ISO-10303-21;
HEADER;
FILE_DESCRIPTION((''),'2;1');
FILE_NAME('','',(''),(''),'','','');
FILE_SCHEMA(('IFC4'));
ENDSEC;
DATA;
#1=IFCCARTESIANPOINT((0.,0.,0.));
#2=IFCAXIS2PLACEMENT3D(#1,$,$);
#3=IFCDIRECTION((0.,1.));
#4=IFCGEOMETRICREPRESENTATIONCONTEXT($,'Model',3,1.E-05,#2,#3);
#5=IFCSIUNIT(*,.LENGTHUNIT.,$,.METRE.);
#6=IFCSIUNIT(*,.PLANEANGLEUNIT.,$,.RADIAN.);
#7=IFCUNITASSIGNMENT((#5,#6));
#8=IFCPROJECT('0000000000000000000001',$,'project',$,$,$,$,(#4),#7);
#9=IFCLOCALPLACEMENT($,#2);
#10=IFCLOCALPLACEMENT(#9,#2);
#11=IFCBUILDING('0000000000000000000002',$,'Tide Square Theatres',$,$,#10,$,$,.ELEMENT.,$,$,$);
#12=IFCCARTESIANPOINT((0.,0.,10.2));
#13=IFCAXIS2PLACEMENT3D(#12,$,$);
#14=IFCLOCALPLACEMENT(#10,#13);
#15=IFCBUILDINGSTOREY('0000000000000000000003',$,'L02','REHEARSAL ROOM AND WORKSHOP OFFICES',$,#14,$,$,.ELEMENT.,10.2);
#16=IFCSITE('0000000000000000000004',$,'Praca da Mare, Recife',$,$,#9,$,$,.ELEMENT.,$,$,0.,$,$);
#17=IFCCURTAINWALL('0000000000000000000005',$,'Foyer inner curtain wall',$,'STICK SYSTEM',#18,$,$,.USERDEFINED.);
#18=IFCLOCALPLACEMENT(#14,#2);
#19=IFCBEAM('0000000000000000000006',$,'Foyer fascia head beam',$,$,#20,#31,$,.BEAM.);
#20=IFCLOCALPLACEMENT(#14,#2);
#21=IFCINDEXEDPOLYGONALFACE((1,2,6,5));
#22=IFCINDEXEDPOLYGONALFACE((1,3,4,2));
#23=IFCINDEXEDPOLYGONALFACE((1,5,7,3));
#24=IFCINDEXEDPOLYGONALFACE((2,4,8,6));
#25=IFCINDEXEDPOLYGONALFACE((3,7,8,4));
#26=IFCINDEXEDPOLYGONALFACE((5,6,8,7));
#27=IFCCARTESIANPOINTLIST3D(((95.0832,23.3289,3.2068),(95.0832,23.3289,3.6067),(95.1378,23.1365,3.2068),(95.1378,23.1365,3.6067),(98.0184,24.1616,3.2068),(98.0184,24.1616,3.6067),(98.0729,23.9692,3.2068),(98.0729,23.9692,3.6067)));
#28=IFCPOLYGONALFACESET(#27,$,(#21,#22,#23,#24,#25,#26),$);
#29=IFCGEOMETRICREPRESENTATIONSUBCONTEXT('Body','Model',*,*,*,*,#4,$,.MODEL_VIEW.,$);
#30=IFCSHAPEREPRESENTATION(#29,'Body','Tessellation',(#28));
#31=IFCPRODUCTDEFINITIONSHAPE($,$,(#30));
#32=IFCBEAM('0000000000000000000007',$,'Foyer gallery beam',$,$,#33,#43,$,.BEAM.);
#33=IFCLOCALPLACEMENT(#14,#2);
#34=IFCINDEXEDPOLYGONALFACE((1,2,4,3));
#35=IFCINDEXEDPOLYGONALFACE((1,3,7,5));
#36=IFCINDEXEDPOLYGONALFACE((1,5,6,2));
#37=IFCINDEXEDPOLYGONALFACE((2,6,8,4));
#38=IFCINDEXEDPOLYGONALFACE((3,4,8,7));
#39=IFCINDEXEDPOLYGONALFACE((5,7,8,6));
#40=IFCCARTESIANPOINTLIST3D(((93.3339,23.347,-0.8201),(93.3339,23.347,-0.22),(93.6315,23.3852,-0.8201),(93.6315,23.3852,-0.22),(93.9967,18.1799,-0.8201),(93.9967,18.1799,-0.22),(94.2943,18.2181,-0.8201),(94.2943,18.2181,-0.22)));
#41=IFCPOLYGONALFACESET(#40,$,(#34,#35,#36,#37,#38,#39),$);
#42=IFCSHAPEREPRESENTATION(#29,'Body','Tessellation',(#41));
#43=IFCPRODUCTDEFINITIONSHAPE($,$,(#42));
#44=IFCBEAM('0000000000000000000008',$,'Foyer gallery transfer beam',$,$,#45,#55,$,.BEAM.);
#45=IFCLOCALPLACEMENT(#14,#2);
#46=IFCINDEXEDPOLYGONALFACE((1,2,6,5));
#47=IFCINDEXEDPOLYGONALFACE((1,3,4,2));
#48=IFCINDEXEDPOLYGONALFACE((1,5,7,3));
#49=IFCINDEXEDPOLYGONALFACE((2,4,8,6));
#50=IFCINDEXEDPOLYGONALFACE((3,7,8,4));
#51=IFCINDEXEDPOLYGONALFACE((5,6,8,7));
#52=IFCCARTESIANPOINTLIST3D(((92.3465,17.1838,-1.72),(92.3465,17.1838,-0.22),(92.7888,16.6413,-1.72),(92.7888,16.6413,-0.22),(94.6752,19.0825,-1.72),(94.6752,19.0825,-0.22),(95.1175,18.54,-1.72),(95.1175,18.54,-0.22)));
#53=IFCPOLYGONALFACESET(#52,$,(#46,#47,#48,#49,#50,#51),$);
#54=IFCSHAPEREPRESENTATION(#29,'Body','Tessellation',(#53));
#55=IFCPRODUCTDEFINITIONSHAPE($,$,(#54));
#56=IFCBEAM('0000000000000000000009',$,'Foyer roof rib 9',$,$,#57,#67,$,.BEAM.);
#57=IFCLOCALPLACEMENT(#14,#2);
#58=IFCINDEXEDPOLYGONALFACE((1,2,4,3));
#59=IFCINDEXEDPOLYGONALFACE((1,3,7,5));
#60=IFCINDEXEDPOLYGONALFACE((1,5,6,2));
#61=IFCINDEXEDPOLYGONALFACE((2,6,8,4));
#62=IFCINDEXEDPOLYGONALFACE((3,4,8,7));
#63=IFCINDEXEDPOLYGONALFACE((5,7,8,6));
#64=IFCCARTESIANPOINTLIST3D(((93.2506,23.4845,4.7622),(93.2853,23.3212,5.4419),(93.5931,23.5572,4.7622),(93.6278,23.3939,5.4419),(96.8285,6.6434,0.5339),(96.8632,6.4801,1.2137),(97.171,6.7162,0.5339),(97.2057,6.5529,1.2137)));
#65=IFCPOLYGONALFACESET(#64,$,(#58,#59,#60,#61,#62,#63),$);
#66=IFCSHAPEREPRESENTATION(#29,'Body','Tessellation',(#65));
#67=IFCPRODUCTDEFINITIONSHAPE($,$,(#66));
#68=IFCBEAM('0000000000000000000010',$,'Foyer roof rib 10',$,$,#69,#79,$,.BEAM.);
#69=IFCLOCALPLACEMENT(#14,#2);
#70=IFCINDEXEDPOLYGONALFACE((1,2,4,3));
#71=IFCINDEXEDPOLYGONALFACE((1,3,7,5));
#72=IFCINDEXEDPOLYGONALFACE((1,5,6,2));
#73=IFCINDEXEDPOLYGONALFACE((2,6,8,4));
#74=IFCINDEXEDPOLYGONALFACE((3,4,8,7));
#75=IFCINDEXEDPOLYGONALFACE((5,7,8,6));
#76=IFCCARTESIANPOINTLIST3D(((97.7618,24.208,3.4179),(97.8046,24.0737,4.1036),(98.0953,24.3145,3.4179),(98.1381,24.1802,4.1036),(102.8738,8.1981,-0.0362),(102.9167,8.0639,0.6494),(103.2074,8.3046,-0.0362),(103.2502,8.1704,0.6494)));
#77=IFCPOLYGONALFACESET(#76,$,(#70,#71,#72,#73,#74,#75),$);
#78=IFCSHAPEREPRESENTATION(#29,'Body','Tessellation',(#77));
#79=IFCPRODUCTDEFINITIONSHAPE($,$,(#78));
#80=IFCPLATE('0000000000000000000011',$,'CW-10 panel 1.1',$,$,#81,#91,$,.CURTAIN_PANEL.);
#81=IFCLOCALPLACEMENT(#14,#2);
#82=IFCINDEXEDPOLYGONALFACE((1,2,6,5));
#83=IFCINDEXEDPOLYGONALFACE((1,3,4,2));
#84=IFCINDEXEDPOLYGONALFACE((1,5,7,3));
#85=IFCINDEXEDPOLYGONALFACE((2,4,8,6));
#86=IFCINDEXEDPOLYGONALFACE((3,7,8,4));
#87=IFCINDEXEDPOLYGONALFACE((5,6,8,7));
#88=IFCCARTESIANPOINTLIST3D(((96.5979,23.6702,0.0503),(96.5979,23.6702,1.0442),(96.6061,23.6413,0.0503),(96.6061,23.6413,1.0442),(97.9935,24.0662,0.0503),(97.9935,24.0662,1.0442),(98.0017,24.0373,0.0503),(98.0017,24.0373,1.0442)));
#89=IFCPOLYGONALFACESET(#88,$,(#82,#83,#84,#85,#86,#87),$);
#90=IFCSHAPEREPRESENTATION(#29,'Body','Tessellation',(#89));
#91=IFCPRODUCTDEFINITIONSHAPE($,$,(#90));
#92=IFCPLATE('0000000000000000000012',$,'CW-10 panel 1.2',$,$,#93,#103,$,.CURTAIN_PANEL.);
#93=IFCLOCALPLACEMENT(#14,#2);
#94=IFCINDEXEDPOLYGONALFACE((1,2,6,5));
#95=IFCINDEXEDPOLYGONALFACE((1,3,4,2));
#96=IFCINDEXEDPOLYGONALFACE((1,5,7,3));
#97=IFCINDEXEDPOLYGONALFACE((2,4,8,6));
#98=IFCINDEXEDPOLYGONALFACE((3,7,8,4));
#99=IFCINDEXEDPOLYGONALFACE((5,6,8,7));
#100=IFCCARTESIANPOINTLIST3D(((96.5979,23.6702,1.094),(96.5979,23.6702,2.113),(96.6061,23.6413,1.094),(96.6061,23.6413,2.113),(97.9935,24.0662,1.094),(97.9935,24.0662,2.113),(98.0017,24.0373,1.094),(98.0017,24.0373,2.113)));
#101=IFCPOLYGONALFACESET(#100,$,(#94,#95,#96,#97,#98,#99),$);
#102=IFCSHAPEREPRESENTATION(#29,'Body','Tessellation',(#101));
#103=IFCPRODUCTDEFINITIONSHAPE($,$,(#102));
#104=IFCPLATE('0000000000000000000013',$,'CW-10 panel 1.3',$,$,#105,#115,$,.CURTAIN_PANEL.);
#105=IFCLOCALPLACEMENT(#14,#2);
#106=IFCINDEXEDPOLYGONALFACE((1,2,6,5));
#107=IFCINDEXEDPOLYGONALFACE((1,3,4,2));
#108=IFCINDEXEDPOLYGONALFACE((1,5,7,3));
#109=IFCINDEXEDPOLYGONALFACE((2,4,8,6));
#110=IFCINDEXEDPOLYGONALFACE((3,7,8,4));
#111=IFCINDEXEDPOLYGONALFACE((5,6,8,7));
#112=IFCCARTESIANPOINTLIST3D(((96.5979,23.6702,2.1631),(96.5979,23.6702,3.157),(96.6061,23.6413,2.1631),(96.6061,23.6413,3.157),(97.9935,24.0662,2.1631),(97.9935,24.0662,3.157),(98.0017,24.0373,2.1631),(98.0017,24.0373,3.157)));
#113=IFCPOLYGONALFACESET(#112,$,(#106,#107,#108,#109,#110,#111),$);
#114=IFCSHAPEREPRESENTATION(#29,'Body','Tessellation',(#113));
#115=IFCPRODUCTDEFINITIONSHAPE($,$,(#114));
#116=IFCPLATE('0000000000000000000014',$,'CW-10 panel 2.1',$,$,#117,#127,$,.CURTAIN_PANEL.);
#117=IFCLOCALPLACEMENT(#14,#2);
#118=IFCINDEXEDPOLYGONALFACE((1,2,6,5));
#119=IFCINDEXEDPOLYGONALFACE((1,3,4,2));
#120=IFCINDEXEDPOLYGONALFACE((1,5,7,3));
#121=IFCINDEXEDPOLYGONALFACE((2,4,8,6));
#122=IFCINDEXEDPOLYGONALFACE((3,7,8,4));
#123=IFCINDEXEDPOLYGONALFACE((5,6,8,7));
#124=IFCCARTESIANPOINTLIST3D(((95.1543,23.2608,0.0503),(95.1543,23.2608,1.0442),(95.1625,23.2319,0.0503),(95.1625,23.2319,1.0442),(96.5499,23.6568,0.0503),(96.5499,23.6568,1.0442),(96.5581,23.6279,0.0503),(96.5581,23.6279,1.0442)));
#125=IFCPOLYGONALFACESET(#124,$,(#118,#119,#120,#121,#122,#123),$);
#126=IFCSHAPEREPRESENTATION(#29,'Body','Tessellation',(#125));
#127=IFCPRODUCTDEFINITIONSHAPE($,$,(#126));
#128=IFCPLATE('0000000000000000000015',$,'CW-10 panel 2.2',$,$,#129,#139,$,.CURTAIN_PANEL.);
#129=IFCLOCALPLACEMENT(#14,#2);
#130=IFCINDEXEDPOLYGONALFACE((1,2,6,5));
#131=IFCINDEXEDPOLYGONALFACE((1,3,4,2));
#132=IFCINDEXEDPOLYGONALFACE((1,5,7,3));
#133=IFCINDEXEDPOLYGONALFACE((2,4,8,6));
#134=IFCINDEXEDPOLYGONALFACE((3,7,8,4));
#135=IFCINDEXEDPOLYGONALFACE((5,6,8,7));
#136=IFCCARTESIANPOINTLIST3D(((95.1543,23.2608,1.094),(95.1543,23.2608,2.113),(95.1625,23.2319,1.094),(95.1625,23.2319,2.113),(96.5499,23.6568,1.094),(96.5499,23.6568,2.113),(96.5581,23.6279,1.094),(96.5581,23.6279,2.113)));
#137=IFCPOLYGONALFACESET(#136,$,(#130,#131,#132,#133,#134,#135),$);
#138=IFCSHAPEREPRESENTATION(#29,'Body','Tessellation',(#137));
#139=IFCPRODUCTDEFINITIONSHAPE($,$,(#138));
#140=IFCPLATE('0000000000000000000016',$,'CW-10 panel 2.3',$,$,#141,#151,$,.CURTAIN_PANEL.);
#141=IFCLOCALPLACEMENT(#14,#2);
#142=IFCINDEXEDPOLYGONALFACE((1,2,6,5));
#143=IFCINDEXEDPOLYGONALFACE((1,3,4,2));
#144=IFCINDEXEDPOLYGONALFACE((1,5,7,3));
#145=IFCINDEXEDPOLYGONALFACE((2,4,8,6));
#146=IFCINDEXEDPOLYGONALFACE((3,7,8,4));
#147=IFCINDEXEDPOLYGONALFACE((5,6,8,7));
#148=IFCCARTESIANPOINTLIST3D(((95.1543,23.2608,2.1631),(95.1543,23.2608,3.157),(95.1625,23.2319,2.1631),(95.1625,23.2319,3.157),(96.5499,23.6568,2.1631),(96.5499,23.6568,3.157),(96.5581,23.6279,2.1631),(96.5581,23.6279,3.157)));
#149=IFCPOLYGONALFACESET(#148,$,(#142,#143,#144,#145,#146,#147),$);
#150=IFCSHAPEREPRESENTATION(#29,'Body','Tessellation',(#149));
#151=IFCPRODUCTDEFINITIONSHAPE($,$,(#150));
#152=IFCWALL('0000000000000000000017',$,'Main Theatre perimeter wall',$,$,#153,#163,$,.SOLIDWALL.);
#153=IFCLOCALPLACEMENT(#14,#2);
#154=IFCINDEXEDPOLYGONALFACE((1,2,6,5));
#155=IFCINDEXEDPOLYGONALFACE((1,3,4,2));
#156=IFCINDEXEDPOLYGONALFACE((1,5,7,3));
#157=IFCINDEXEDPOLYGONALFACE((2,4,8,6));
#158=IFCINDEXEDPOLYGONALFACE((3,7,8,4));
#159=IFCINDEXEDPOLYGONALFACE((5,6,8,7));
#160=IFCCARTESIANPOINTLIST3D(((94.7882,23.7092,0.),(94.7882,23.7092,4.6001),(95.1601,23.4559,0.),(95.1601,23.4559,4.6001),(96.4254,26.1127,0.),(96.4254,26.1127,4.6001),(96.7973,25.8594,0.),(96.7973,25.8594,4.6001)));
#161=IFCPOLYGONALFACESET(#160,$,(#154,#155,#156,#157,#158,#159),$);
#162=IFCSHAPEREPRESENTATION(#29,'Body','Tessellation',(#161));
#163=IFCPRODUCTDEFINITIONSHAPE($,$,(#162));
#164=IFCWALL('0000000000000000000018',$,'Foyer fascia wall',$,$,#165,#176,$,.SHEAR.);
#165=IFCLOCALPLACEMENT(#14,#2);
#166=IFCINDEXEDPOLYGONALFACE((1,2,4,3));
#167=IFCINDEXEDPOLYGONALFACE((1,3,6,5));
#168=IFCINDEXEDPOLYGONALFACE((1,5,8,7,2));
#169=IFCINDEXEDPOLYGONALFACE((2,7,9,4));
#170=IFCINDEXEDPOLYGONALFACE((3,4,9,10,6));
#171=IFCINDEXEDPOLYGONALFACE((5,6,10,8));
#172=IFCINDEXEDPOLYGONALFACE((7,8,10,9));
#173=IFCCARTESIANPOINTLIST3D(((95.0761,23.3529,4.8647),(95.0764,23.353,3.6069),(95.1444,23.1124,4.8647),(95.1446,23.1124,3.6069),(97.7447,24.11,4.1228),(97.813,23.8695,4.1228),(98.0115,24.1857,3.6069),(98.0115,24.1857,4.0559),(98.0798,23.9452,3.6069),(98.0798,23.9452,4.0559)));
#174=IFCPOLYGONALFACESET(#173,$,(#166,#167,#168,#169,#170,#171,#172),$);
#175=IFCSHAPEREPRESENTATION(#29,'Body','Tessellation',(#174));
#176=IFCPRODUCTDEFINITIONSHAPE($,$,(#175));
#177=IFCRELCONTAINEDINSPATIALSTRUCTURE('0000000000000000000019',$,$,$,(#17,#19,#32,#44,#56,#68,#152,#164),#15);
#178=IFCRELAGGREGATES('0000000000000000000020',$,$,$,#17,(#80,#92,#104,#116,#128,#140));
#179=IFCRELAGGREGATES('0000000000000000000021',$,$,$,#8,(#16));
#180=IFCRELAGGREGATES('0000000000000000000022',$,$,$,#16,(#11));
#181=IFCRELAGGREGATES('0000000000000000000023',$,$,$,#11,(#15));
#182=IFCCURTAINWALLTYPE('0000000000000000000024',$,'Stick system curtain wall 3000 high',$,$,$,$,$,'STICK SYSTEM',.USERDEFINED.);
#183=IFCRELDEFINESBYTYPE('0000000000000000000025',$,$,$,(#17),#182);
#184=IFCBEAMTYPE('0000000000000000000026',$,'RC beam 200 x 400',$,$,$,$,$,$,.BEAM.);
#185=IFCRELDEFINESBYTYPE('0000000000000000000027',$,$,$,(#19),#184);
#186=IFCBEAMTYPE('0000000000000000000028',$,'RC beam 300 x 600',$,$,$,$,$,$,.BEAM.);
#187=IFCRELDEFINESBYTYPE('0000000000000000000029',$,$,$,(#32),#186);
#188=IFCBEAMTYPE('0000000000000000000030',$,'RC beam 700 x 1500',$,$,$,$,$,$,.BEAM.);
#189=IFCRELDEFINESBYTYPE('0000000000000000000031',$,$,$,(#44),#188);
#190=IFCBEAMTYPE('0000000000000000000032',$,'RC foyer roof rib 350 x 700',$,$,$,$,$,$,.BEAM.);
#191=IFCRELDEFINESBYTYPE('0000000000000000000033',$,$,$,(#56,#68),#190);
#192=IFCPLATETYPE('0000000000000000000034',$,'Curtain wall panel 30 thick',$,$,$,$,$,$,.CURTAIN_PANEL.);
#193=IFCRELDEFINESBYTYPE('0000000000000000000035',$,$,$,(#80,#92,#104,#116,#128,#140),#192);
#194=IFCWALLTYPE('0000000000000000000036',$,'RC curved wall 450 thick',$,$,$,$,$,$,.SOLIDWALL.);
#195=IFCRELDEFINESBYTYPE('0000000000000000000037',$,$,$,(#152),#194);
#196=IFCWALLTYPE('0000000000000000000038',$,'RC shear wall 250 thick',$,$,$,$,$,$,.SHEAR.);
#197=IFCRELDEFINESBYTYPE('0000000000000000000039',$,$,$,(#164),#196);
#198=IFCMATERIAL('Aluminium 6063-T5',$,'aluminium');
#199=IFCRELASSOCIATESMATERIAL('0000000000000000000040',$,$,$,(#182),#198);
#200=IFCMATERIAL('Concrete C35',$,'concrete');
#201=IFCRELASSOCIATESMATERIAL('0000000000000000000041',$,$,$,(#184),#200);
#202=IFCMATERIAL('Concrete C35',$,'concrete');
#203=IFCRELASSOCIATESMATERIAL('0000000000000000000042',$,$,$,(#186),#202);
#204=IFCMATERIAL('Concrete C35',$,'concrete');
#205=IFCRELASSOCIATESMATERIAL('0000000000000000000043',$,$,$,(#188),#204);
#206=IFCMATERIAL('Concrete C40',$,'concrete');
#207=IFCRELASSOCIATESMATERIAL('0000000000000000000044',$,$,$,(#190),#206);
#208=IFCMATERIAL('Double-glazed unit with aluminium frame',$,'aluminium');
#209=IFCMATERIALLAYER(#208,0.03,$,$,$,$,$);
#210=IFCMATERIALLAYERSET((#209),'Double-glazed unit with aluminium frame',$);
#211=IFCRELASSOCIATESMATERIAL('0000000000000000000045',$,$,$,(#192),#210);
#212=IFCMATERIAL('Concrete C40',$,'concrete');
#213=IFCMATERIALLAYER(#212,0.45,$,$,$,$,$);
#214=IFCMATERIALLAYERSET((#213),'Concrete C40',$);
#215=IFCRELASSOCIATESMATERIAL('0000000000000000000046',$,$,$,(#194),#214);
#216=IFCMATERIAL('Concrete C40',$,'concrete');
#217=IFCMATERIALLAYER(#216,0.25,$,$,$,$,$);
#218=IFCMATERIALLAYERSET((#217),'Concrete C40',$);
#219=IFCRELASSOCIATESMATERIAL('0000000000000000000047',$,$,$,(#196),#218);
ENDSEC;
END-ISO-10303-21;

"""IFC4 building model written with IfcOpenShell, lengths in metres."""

from ifc_helpers import new_model, si_unit, direction, frame, frame_2d, origin, origin_2d, place, context, subcontext, project, spatial, polyline, rectangle, outline, extrude, material, layer, layer_set, material_profile, profile_set, type_object, element, aggregate, save


model = new_model("IFC4")

# Units and contexts
model_context = context("Model", 3, precision=1e-05, world=origin(), true_north=direction((0.0, 1.0)))
body_context = subcontext(model_context, "Body", "Model", "MODEL_VIEW")
ifc_project = project(units=[si_unit("LENGTHUNIT", "METRE"), si_unit("PLANEANGLEUNIT", "RADIAN")], contexts=[model_context])

# Site, building, storey
site_placement = place(None, origin())
site = spatial("IfcSite", under=ifc_project, at=site_placement, Name="Praca da Mare, Recife", CompositionType="ELEMENT", RefElevation=0.0)
building_placement = place(site_placement, origin())
building = spatial("IfcBuilding", under=site, at=building_placement, Name="Tide Square Theatres", CompositionType="ELEMENT")
storey_placement = place(building_placement, frame((0.0, 0.0, 10.2)))
storey = spatial("IfcBuildingStorey", under=building, at=storey_placement, Name="L02", Description="REHEARSAL ROOM AND WORKSHOP OFFICES", CompositionType="ELEMENT", Elevation=10.2)

# Curtain wall
ifc_material_1 = material(Name="Aluminium 6063-T5", Category="aluminium")
curtain_wall_type_1 = type_object("IfcCurtainWallType", Name="Stick system curtain wall 3000 high", ElementType="STICK SYSTEM", PredefinedType="USERDEFINED", material=ifc_material_1)
curtain_wall_1_placement = place(storey_placement, origin())
curtain_wall_1 = element("IfcCurtainWall", 1, at=curtain_wall_1_placement, inside=storey, type_object=curtain_wall_type_1, Name="Foyer inner curtain wall", ObjectType="STICK SYSTEM", PredefinedType="USERDEFINED")

# Beams
ifc_material_2 = material(Name="Concrete C35", Category="concrete")
ifc_material_profile_1 = material_profile(ifc_material_2, rectangle(XDim=0.2, YDim=0.3999, at=origin_2d()))
ifc_profile_set_1 = profile_set([ifc_material_profile_1], Name="Concrete C35")
beam_type_1 = type_object("IfcBeamType", Name="RC beam 200 x 400", PredefinedType="BEAM", material=ifc_profile_set_1)
beam_1_placement = place(storey_placement, frame((98.0457, 24.0654, 3.4067), z_axis=(-0.962033, -0.272935, 0.0), x_axis=(0.272935, -0.962033, 0.0)))
element("IfcBeam", 2, at=beam_1_placement, inside=storey, type_object=beam_type_1, Name="Foyer fascia head beam", PredefinedType="BEAM", context=body_context, shape_type="SweptSolid", body=[
    extrude(rectangle(XDim=0.2, YDim=0.3999, at=origin_2d()), origin(), (0.0, 0.0, 1.0), 3.051),
])
ifc_material_3 = material(Name="Concrete C35", Category="concrete")
ifc_material_profile_2 = material_profile(ifc_material_3, rectangle(XDim=0.3, YDim=0.6001, at=origin_2d()))
ifc_profile_set_2 = profile_set([ifc_material_profile_2], Name="Concrete C35")
beam_type_2 = type_object("IfcBeamType", Name="RC beam 300 x 600", PredefinedType="BEAM", material=ifc_profile_set_2)
beam_2_placement = place(storey_placement, frame((94.1455, 18.199, -0.52), z_axis=(-0.127235, 0.991873, 0.0), x_axis=(-0.991873, -0.127235, 0.0)))
element("IfcBeam", 3, at=beam_2_placement, inside=storey, type_object=beam_type_2, Name="Foyer gallery beam", PredefinedType="BEAM", context=body_context, shape_type="SweptSolid", body=[
    extrude(rectangle(XDim=0.3, YDim=0.6001, at=origin_2d()), origin(), (0.0, 0.0, 1.0), 5.2095),
])
ifc_material_4 = material(Name="Concrete C35", Category="concrete")
ifc_material_profile_3 = material_profile(ifc_material_4, rectangle(XDim=0.7, YDim=1.5, at=origin_2d()))
ifc_profile_set_3 = profile_set([ifc_material_profile_3], Name="Concrete C35")
beam_type_3 = type_object("IfcBeamType", Name="RC beam 700 x 1500", PredefinedType="BEAM", material=ifc_profile_set_3)
beam_3_placement = place(storey_placement, frame((92.5676, 16.9126, -0.97), z_axis=(0.775057, 0.631892, 0.0), x_axis=(-0.631892, 0.775057, 0.0)))
element("IfcBeam", 4, at=beam_3_placement, inside=storey, type_object=beam_type_3, Name="Foyer gallery transfer beam", PredefinedType="BEAM", context=body_context, shape_type="SweptSolid", body=[
    extrude(rectangle(XDim=0.7, YDim=1.5, at=origin_2d()), origin(), (0.0, 0.0, 1.0), 3.0046),
])
ifc_material_5 = material(Name="Concrete C40", Category="concrete")
ifc_material_profile_4 = material_profile(ifc_material_5, rectangle(XDim=0.3501, YDim=0.7, at=origin_2d()))
ifc_profile_set_4 = profile_set([ifc_material_profile_4], Name="Concrete C40")
beam_type_4 = type_object("IfcBeamType", Name="RC foyer roof rib 350 x 700", PredefinedType="BEAM", material=ifc_profile_set_4)
beam_4_placement = place(storey_placement, frame((93.4392, 23.4392, 5.1021), z_axis=(0.201815, -0.949941, -0.238501), x_axis=(0.978169, 0.207812, 0.0)))
element("IfcBeam", 5, at=beam_4_placement, inside=storey, type_object=beam_type_4, Name="Foyer roof rib 9", PredefinedType="BEAM", context=body_context, shape_type="SweptSolid", body=[
    extrude(rectangle(XDim=0.3501, YDim=0.7, at=origin_2d()), origin(), (0.0, 0.0, 1.0), 17.7285),
])
beam_5_placement = place(storey_placement, frame((97.95, 24.1941, 3.7607), z_axis=(0.297951, -0.933111, -0.201318), x_axis=(0.952615, 0.304178, 0.0)))
element("IfcBeam", 6, at=beam_5_placement, inside=storey, type_object=beam_type_4, Name="Foyer roof rib 10", PredefinedType="BEAM", context=body_context, shape_type="SweptSolid", body=[
    extrude(rectangle(XDim=0.3501, YDim=0.7, at=origin_2d()), origin(), (0.0, 0.0, 1.0), 17.1575),
])

# Plates
ifc_material_6 = material(Name="Double-glazed unit with aluminium frame", Category="aluminium")
ifc_layer_1 = layer(ifc_material_6, 0.03)
ifc_layer_set_1 = layer_set([ifc_layer_1], Name="Double-glazed unit with aluminium frame")
plate_type = type_object("IfcPlateType", Name="Curtain wall panel 30 thick", PredefinedType="CURTAIN_PANEL", material=ifc_layer_set_1)
plate_1_placement = place(storey_placement, frame((97.2998, 23.8538, 0.0503), z_axis=(0.0, 0.0, 1.0), x_axis=(-0.962021, -0.272976, 0.0)))
plate_1 = element("IfcPlate", 7, at=plate_1_placement, type_object=plate_type, Name="CW-10 panel 1.1", PredefinedType="CURTAIN_PANEL", context=body_context, shape_type="SweptSolid", body=[
    extrude(rectangle(XDim=1.4507, YDim=0.03, at=origin_2d()), origin(), (0.0, 0.0, 1.0), 0.9939),
])
plate_2_placement = place(storey_placement, frame((97.2998, 23.8538, 1.094), z_axis=(0.0, 0.0, 1.0), x_axis=(-0.962021, -0.272976, 0.0)))
plate_2 = element("IfcPlate", 8, at=plate_2_placement, type_object=plate_type, Name="CW-10 panel 1.2", PredefinedType="CURTAIN_PANEL", context=body_context, shape_type="SweptSolid", body=[
    extrude(rectangle(XDim=1.4507, YDim=0.03, at=origin_2d()), origin(), (0.0, 0.0, 1.0), 1.019),
])
plate_3_placement = place(storey_placement, frame((97.2998, 23.8538, 2.1631), z_axis=(0.0, 0.0, 1.0), x_axis=(-0.962021, -0.272976, 0.0)))
plate_3 = element("IfcPlate", 9, at=plate_3_placement, type_object=plate_type, Name="CW-10 panel 1.3", PredefinedType="CURTAIN_PANEL", context=body_context, shape_type="SweptSolid", body=[
    extrude(rectangle(XDim=1.4507, YDim=0.03, at=origin_2d()), origin(), (0.0, 0.0, 1.0), 0.9939),
])
plate_4_placement = place(storey_placement, frame((95.8562, 23.4443, 0.0503), z_axis=(0.0, 0.0, 1.0), x_axis=(-0.962021, -0.272976, 0.0)))
plate_4 = element("IfcPlate", 10, at=plate_4_placement, type_object=plate_type, Name="CW-10 panel 2.1", PredefinedType="CURTAIN_PANEL", context=body_context, shape_type="SweptSolid", body=[
    extrude(rectangle(XDim=1.4507, YDim=0.03, at=origin_2d()), origin(), (0.0, 0.0, 1.0), 0.9939),
])
plate_5_placement = place(storey_placement, frame((95.8562, 23.4443, 1.094), z_axis=(0.0, 0.0, 1.0), x_axis=(-0.962021, -0.272976, 0.0)))
plate_5 = element("IfcPlate", 11, at=plate_5_placement, type_object=plate_type, Name="CW-10 panel 2.2", PredefinedType="CURTAIN_PANEL", context=body_context, shape_type="SweptSolid", body=[
    extrude(rectangle(XDim=1.4507, YDim=0.03, at=origin_2d()), origin(), (0.0, 0.0, 1.0), 1.019),
])
plate_6_placement = place(storey_placement, frame((95.8562, 23.4443, 2.1631), z_axis=(0.0, 0.0, 1.0), x_axis=(-0.962021, -0.272976, 0.0)))
plate_6 = element("IfcPlate", 12, at=plate_6_placement, type_object=plate_type, Name="CW-10 panel 2.3", PredefinedType="CURTAIN_PANEL", context=body_context, shape_type="SweptSolid", body=[
    extrude(rectangle(XDim=1.4507, YDim=0.03, at=origin_2d()), origin(), (0.0, 0.0, 1.0), 0.9939),
])
aggregate(curtain_wall_1, [plate_1, plate_2, plate_3, plate_4, plate_5, plate_6])

# Walls
ifc_material_7 = material(Name="Concrete C40", Category="concrete")
ifc_layer_2 = layer(ifc_material_7, 0.45)
ifc_layer_set_2 = layer_set([ifc_layer_2], Name="Concrete C40")
wall_type_1 = type_object("IfcWallType", Name="RC curved wall 450 thick", PredefinedType="SOLIDWALL", material=ifc_layer_set_2)
wall_1_placement = place(storey_placement, frame((94.9741, 23.5825, 0.0), z_axis=(0.0, 0.0, 1.0), x_axis=(0.562964, 0.826481, 0.0)))
element("IfcWall", 13, at=wall_1_placement, inside=storey, type_object=wall_type_1, Name="Main Theatre perimeter wall", PredefinedType="SOLIDWALL", context=body_context, shape_type="SweptSolid", body=[
    extrude(rectangle(XDim=2.9082, YDim=0.45, at=frame_2d((1.4541, 0.0))), origin(), (0.0, 0.0, 1.0), 4.6001),
])
ifc_material_8 = material(Name="Concrete C40", Category="concrete")
ifc_layer_3 = layer(ifc_material_8, 0.25)
ifc_layer_set_3 = layer_set([ifc_layer_3], Name="Concrete C40")
wall_type_2 = type_object("IfcWallType", Name="RC shear wall 250 thick", PredefinedType="SHEAR", material=ifc_layer_set_3)
wall_2_placement = place(storey_placement, frame((98.0457, 24.0654, 3.6069), z_axis=(0.0, 0.0, 1.0), x_axis=(-0.962033, -0.272935, 0.0)))
element("IfcWall", 14, at=wall_2_placement, inside=storey, type_object=wall_type_2, Name="Foyer fascia wall", PredefinedType="SHEAR", context=body_context, shape_type="SweptSolid", body=[
    extrude(outline(polyline([(0.0, 0.0), (3.051, 0.0), (3.0513, 1.2578), (0.2773, 0.5159), (0.0, 0.449), (0.0, 0.0)])), frame((0.0, 0.125, 0.0), z_axis=(0.0, -1.0, 0.0), x_axis=(1.0, 0.0, 0.0)), (0.0, 0.0, 1.0), 0.25),
])

save(model, "model.ifc")
